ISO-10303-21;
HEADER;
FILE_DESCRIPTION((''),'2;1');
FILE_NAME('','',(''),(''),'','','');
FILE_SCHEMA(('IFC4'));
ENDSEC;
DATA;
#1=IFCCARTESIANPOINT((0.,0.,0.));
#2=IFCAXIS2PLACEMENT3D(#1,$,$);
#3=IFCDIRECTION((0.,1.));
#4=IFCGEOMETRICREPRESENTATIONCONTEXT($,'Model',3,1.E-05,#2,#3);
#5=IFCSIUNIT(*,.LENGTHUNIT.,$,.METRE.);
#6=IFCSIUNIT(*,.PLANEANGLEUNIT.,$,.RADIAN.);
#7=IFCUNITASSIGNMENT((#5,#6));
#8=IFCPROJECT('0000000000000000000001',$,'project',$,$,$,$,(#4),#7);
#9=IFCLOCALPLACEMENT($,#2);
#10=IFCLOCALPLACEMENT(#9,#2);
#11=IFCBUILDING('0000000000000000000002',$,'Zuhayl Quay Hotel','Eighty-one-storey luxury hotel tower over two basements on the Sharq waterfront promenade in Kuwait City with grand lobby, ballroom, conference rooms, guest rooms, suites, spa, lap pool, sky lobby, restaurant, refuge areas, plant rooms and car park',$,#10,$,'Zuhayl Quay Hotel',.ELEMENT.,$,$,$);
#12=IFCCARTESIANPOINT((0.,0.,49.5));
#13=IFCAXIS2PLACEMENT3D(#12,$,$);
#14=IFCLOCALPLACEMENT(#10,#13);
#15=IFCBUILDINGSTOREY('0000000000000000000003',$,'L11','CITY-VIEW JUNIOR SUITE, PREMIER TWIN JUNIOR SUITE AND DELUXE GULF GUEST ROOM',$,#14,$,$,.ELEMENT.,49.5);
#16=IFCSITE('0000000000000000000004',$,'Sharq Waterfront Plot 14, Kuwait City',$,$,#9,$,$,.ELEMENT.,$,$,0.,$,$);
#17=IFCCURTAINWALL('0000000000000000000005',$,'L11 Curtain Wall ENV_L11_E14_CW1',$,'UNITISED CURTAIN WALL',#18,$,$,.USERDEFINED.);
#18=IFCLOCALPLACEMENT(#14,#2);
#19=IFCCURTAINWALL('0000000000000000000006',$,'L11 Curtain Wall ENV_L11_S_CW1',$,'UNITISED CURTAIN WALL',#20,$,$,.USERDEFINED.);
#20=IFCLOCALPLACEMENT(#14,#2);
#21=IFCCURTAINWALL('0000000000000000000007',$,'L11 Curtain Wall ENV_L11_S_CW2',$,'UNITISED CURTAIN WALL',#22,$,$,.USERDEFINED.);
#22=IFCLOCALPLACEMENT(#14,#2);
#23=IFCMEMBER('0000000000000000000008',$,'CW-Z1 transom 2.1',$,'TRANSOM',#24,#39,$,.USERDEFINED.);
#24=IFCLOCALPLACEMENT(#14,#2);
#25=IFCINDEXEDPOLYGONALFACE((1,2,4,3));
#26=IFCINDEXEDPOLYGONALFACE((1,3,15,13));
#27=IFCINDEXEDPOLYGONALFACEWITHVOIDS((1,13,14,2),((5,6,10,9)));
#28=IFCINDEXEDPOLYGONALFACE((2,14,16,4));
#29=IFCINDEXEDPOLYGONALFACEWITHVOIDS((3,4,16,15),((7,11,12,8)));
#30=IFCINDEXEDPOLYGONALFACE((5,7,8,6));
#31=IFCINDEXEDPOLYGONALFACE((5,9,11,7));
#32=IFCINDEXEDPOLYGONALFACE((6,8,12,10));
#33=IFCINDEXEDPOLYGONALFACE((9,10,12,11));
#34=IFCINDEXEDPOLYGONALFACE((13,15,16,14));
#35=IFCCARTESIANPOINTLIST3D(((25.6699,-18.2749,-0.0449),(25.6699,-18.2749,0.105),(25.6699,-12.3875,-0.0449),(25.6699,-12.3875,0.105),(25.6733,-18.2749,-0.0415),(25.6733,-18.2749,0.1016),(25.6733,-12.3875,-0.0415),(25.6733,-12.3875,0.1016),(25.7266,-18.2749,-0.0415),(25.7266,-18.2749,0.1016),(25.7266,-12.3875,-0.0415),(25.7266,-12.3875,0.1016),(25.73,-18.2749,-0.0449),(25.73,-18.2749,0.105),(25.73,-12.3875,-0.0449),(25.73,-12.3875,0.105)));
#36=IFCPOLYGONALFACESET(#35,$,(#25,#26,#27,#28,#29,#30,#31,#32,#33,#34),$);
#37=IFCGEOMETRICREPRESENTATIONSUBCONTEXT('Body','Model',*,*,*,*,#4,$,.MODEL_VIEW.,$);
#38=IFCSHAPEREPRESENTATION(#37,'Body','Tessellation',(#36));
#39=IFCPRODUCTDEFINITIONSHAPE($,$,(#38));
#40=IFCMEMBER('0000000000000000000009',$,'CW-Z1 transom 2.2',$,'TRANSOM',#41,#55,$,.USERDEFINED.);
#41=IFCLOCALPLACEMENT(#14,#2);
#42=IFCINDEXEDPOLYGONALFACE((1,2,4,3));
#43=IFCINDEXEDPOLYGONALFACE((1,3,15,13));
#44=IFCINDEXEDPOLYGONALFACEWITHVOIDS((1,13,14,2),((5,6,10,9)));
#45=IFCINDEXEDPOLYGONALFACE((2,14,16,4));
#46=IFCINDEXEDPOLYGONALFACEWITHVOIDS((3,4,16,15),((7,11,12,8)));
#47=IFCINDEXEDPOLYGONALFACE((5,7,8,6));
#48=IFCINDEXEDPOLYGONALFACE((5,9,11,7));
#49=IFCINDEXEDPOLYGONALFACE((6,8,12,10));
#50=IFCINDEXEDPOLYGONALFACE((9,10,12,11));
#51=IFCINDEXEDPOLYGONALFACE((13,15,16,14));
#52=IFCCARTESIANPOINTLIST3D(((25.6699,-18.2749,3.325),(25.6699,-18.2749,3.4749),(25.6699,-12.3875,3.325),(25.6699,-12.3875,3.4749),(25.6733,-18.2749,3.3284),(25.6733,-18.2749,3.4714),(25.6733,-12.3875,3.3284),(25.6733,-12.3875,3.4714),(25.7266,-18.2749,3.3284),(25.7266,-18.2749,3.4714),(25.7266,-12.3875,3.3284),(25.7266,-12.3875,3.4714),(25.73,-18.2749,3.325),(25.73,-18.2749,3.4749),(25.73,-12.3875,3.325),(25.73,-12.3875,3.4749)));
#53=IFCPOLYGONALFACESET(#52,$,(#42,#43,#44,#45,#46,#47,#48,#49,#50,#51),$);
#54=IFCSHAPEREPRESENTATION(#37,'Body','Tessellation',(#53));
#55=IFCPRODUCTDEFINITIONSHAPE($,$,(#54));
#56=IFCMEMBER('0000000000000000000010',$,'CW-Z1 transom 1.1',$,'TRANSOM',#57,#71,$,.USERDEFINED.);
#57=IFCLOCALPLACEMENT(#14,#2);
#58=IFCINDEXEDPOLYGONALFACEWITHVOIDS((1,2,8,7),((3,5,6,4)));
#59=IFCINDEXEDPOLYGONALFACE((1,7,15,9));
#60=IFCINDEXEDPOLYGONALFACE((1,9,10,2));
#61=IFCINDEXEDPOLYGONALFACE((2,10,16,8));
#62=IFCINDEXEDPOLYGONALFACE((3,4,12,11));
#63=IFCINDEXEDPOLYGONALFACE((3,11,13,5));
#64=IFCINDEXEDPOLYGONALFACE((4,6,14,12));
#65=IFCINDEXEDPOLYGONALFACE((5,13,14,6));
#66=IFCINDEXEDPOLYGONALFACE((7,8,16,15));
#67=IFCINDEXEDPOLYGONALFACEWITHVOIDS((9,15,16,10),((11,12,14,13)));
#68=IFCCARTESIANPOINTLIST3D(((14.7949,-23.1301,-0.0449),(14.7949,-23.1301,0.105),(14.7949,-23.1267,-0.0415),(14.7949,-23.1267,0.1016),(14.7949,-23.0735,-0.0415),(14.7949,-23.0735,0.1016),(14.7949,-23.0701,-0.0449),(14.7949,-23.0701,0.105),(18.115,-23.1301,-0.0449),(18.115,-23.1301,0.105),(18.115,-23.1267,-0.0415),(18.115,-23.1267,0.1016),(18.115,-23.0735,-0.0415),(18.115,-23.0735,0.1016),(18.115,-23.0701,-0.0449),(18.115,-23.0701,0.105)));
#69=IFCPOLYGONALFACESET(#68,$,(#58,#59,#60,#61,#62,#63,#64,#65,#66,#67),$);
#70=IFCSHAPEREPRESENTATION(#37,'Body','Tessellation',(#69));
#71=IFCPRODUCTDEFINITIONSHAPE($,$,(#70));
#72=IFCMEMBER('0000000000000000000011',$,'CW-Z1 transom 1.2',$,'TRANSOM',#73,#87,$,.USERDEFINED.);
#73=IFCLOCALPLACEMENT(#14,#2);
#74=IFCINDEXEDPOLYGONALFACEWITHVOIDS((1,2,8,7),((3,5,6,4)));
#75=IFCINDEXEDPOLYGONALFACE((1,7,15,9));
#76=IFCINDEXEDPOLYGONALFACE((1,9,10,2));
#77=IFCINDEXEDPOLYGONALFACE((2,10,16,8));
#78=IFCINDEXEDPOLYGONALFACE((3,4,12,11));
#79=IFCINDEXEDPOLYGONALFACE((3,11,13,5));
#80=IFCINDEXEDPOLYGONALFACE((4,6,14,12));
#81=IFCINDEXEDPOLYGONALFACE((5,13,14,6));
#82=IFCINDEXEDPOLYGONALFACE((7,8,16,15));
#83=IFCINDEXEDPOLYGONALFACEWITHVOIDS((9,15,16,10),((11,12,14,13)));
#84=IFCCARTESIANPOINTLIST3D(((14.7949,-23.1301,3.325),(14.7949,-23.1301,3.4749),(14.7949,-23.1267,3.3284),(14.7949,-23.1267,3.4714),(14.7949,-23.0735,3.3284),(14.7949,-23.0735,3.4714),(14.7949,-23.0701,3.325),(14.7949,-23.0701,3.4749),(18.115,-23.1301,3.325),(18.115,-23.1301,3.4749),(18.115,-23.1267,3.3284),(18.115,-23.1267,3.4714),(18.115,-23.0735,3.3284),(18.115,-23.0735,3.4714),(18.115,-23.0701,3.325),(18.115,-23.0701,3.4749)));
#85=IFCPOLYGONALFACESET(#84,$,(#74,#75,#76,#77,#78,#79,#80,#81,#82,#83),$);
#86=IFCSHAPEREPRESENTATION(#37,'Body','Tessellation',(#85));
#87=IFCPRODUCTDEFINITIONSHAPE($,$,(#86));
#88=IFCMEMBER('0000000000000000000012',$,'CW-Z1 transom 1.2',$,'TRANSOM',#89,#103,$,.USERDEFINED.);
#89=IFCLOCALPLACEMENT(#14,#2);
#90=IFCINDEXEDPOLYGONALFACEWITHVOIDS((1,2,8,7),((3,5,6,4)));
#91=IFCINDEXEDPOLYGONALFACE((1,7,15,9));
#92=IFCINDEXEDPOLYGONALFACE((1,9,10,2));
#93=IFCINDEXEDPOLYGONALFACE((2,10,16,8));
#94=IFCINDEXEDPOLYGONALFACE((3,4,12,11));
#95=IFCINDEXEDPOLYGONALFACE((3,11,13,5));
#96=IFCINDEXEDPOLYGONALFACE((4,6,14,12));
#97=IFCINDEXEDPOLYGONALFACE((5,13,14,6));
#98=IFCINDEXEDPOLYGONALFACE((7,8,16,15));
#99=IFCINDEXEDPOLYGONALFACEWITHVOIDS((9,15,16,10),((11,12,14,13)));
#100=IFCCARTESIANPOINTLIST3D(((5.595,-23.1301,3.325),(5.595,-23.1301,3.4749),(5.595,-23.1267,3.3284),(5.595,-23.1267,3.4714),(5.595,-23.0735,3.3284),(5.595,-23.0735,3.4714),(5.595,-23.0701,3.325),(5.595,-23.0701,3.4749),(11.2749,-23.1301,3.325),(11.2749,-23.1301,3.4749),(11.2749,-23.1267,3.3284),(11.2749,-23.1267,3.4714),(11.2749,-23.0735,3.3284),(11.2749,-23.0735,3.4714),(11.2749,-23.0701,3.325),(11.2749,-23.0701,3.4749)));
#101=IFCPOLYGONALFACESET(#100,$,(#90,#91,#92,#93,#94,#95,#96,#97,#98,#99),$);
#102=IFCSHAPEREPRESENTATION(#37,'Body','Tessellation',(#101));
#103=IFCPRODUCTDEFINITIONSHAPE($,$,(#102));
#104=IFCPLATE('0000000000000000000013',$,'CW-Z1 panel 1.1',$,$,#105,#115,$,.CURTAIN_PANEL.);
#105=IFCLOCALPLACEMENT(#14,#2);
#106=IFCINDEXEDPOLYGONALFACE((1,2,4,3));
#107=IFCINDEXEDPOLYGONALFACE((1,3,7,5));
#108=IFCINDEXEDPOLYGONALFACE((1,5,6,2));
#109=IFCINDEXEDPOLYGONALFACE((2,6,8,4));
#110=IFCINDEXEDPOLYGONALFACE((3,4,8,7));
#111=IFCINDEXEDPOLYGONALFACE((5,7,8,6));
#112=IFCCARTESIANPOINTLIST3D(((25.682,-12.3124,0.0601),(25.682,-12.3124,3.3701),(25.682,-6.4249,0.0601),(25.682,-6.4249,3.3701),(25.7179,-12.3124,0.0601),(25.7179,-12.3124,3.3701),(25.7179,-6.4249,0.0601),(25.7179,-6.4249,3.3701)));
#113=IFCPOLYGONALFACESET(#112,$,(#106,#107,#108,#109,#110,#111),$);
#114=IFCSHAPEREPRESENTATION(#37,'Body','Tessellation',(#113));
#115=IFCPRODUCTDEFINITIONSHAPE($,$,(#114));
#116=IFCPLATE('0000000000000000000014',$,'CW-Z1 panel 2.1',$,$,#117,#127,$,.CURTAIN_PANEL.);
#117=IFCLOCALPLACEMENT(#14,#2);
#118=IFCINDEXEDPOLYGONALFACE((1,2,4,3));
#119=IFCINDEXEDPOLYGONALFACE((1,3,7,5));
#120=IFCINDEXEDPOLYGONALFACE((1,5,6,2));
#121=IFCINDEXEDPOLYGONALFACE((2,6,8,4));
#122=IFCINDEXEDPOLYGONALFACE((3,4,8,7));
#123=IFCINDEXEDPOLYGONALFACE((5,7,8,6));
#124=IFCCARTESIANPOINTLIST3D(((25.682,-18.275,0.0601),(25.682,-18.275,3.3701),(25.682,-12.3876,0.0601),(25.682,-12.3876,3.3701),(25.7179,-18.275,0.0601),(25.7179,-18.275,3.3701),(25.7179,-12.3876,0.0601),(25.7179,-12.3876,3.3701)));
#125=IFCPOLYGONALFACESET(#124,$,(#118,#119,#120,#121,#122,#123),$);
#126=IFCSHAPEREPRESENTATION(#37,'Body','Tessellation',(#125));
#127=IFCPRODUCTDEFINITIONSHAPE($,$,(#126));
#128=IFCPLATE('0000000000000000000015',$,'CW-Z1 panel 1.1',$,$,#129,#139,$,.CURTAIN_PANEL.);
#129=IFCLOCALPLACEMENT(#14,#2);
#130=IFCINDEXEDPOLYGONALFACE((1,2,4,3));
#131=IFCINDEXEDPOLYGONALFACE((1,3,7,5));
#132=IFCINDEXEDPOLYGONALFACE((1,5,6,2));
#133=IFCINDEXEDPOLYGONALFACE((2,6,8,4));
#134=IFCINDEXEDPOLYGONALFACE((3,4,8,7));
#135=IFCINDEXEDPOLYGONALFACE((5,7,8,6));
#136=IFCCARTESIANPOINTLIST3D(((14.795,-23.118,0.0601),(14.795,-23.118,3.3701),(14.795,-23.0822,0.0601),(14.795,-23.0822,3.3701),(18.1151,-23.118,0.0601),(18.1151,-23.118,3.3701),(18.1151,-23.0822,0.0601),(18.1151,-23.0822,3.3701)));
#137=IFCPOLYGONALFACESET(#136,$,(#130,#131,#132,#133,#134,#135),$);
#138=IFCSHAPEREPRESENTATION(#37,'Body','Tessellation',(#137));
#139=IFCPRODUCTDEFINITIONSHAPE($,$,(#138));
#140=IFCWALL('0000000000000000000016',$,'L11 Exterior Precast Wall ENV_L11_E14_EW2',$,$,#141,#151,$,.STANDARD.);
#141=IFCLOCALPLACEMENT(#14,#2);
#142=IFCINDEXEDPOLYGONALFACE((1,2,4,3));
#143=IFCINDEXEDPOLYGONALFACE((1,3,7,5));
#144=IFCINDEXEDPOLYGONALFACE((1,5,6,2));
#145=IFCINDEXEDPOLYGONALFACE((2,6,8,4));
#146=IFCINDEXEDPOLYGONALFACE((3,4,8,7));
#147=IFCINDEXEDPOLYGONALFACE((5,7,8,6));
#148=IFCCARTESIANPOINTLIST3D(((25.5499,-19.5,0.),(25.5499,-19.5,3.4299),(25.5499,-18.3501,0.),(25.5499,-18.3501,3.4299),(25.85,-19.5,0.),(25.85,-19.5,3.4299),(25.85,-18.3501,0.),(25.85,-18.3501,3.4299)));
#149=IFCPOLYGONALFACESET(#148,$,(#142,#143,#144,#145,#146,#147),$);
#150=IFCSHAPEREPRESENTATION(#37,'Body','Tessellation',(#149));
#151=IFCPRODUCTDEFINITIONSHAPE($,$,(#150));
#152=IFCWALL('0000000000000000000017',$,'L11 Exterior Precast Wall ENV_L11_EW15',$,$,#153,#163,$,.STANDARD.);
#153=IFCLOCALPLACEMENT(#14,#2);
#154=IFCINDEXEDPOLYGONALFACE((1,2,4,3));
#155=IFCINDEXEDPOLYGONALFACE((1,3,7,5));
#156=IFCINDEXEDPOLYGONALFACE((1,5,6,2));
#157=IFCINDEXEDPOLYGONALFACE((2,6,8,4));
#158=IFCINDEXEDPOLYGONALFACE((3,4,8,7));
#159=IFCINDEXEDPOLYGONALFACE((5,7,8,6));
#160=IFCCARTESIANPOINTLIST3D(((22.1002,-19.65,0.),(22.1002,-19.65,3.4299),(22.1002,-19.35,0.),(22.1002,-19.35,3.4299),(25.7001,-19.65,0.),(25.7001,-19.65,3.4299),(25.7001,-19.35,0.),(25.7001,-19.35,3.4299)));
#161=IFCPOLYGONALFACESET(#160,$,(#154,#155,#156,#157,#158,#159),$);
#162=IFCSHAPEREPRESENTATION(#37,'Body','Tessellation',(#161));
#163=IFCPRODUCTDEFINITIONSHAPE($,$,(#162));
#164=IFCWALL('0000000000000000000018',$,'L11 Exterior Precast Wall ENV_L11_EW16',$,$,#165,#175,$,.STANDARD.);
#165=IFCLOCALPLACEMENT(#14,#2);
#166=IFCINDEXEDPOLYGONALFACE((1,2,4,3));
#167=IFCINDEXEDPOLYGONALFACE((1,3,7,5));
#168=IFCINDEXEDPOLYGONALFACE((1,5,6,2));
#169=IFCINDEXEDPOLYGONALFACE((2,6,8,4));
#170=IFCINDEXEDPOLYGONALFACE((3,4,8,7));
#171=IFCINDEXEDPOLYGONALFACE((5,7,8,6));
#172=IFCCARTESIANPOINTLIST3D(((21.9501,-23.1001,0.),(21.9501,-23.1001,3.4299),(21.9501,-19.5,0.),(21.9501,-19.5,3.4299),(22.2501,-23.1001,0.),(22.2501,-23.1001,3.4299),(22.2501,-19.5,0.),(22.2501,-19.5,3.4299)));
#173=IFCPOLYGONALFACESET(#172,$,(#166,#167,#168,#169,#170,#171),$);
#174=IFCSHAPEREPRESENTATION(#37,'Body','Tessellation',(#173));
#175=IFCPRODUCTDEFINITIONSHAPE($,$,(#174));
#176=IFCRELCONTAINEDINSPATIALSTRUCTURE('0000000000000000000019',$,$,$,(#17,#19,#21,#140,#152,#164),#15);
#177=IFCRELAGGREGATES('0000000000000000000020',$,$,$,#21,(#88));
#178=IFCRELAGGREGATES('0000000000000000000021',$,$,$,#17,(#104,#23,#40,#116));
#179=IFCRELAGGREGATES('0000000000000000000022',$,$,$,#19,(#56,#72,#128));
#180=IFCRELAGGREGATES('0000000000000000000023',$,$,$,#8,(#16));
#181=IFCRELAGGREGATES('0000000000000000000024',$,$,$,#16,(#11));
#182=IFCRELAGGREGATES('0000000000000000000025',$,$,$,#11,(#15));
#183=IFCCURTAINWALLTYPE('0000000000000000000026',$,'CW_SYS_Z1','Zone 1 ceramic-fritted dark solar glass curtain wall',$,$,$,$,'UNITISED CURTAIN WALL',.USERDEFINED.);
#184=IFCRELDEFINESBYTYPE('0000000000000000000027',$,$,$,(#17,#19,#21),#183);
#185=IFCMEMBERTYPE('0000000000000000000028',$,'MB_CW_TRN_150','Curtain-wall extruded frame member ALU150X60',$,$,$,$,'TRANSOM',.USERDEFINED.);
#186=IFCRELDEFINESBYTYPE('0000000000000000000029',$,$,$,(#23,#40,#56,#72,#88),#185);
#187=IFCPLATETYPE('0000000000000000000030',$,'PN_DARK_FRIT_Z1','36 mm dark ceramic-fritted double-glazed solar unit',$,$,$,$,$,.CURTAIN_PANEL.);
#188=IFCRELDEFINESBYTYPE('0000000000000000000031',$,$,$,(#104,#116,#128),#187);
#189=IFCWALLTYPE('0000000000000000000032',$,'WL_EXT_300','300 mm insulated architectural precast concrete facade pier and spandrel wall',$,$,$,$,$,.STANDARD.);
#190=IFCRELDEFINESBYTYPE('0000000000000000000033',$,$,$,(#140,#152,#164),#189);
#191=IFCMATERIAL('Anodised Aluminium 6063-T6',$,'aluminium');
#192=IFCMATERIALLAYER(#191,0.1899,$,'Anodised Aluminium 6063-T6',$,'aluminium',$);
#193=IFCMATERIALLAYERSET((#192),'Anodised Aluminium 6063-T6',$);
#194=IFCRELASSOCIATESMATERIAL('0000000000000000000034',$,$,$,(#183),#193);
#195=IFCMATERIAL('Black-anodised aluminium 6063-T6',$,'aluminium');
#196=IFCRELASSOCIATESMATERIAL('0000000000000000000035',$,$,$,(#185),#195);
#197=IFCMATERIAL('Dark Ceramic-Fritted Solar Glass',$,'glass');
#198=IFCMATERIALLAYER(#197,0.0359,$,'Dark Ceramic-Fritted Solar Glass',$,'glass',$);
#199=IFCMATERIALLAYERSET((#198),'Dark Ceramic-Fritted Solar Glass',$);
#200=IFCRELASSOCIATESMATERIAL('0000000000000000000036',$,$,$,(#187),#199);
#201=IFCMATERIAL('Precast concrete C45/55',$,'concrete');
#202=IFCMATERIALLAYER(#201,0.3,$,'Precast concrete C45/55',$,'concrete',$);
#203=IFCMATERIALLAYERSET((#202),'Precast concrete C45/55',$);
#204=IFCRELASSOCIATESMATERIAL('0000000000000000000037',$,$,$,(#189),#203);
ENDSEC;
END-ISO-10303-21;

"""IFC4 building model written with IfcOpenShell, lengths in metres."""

from ifc_helpers import new_model, si_unit, direction, frame, frame_2d, origin, origin_2d, place, context, subcontext, project, spatial, rectangle, hollow_rectangle, extrude, material, layer, layer_set, material_profile, profile_set, type_object, element, aggregate, save


model = new_model("IFC4")

# Units and contexts
model_context = context("Model", 3, precision=1e-05, world=origin(), true_north=direction((0.0, 1.0)))
body_context = subcontext(model_context, "Body", "Model", "MODEL_VIEW")
ifc_project = project(units=[si_unit("LENGTHUNIT", "METRE"), si_unit("PLANEANGLEUNIT", "RADIAN")], contexts=[model_context])

# Site, building, storey
site_placement = place(None, origin())
site = spatial("IfcSite", under=ifc_project, at=site_placement, Name="Sharq Waterfront Plot 14, Kuwait City", CompositionType="ELEMENT", RefElevation=0.0)
building_placement = place(site_placement, origin())
building = spatial("IfcBuilding", under=site, at=building_placement, Name="Zuhayl Quay Hotel", Description="Eighty-one-storey luxury hotel tower over two basements on the Sharq waterfront promenade in Kuwait City with grand lobby, ballroom, conference rooms, guest rooms, suites, spa, lap pool, sky lobby, restaurant, refuge areas, plant rooms and car park", LongName="Zuhayl Quay Hotel", CompositionType="ELEMENT")
storey_placement = place(building_placement, frame((0.0, 0.0, 49.5)))
storey = spatial("IfcBuildingStorey", under=building, at=storey_placement, Name="L11", Description="CITY-VIEW JUNIOR SUITE, PREMIER TWIN JUNIOR SUITE AND DELUXE GULF GUEST ROOM", CompositionType="ELEMENT", Elevation=49.5)

# Curtain walls
ifc_material_1 = material(Name="Anodised Aluminium 6063-T6", Category="aluminium")
ifc_layer_1 = layer(ifc_material_1, 0.1899, Name="Anodised Aluminium 6063-T6", Category="aluminium")
ifc_layer_set_1 = layer_set([ifc_layer_1], Name="Anodised Aluminium 6063-T6")
curtain_wall_type = type_object("IfcCurtainWallType", Name="CW_SYS_Z1", Description="Zone 1 ceramic-fritted dark solar glass curtain wall", ElementType="UNITISED CURTAIN WALL", PredefinedType="USERDEFINED", material=ifc_layer_set_1)
curtain_wall_1_placement = place(storey_placement, origin())
curtain_wall_1 = element("IfcCurtainWall", 1, at=curtain_wall_1_placement, inside=storey, type_object=curtain_wall_type, Name="L11 Curtain Wall ENV_L11_E14_CW1", ObjectType="UNITISED CURTAIN WALL", PredefinedType="USERDEFINED")
ifc_material_2 = material(Name="Black-anodised aluminium 6063-T6", Category="aluminium")
curtain_wall_2_placement = place(storey_placement, origin())
curtain_wall_2 = element("IfcCurtainWall", 2, at=curtain_wall_2_placement, inside=storey, type_object=curtain_wall_type, Name="L11 Curtain Wall ENV_L11_S_CW1", ObjectType="UNITISED CURTAIN WALL", PredefinedType="USERDEFINED")

# Curtain wall
curtain_wall_3_placement = place(storey_placement, origin())
curtain_wall_3 = element("IfcCurtainWall", 3, at=curtain_wall_3_placement, inside=storey, type_object=curtain_wall_type, Name="L11 Curtain Wall ENV_L11_S_CW2", ObjectType="UNITISED CURTAIN WALL", PredefinedType="USERDEFINED")

# Members
ifc_material_profile_1 = material_profile(ifc_material_2, hollow_rectangle(XDim=0.0601, YDim=0.1499, WallThickness=0.0034, at=origin_2d()), Name="ALU150X60")
ifc_profile_set_1 = profile_set([ifc_material_profile_1], Name="Black-anodised aluminium 6063-T6")
member_type_1 = type_object("IfcMemberType", Name="MB_CW_TRN_150", Description="Curtain-wall extruded frame member ALU150X60", ElementType="TRANSOM", PredefinedType="USERDEFINED", material=ifc_profile_set_1)
member_1_placement = place(storey_placement, frame((25.7, -12.3875, 0.03), z_axis=(0.0, -1.0, 0.0), x_axis=(1.0, 0.0, 0.0)))
member_1 = element("IfcMember", 4, at=member_1_placement, type_object=member_type_1, Name="CW-Z1 transom 2.1", ObjectType="TRANSOM", PredefinedType="USERDEFINED", context=body_context, shape_type="SweptSolid", body=[
    extrude(hollow_rectangle(XDim=0.0601, YDim=0.1499, WallThickness=0.0034, at=origin_2d()), origin(), (0.0, 0.0, 1.0), 5.8875),
])
member_2_placement = place(storey_placement, frame((25.7, -12.3875, 3.3999), z_axis=(0.0, -1.0, 0.0), x_axis=(1.0, 0.0, 0.0)))
member_2 = element("IfcMember", 5, at=member_2_placement, type_object=member_type_1, Name="CW-Z1 transom 2.2", ObjectType="TRANSOM", PredefinedType="USERDEFINED", context=body_context, shape_type="SweptSolid", body=[
    extrude(hollow_rectangle(XDim=0.0601, YDim=0.1499, WallThickness=0.0034, at=origin_2d()), origin(), (0.0, 0.0, 1.0), 5.8875),
])
member_3_placement = place(storey_placement, frame((18.115, -23.1001, 0.03), z_axis=(-1.0, 0.0, 0.0), x_axis=(0.0, -1.0, 0.0)))
member_3 = element("IfcMember", 6, at=member_3_placement, type_object=member_type_1, Name="CW-Z1 transom 1.1", ObjectType="TRANSOM", PredefinedType="USERDEFINED", context=body_context, shape_type="SweptSolid", body=[
    extrude(hollow_rectangle(XDim=0.0601, YDim=0.1499, WallThickness=0.0034, at=origin_2d()), origin(), (0.0, 0.0, 1.0), 3.3201),
])
member_4_placement = place(storey_placement, frame((18.115, -23.1001, 3.3999), z_axis=(-1.0, 0.0, 0.0), x_axis=(0.0, -1.0, 0.0)))
member_4 = element("IfcMember", 7, at=member_4_placement, type_object=member_type_1, Name="CW-Z1 transom 1.2", ObjectType="TRANSOM", PredefinedType="USERDEFINED", context=body_context, shape_type="SweptSolid", body=[
    extrude(hollow_rectangle(XDim=0.0601, YDim=0.1499, WallThickness=0.0034, at=origin_2d()), origin(), (0.0, 0.0, 1.0), 3.3201),
])
member_5_placement = place(storey_placement, frame((11.2749, -23.1001, 3.3999), z_axis=(-1.0, 0.0, 0.0), x_axis=(0.0, -1.0, 0.0)))
member_5 = element("IfcMember", 8, at=member_5_placement, type_object=member_type_1, Name="CW-Z1 transom 1.2", ObjectType="TRANSOM", PredefinedType="USERDEFINED", context=body_context, shape_type="SweptSolid", body=[
    extrude(hollow_rectangle(XDim=0.0601, YDim=0.1499, WallThickness=0.0034, at=origin_2d()), origin(), (0.0, 0.0, 1.0), 5.6799),
])
aggregate(curtain_wall_3, [member_5])

# Plates
ifc_material_3 = material(Name="Dark Ceramic-Fritted Solar Glass", Category="glass")
ifc_layer_2 = layer(ifc_material_3, 0.0359, Name="Dark Ceramic-Fritted Solar Glass", Category="glass")
ifc_layer_set_2 = layer_set([ifc_layer_2], Name="Dark Ceramic-Fritted Solar Glass")
plate_type = type_object("IfcPlateType", Name="PN_DARK_FRIT_Z1", Description="36 mm dark ceramic-fritted double-glazed solar unit", PredefinedType="CURTAIN_PANEL", material=ifc_layer_set_2)
plate_1_placement = place(storey_placement, frame((25.7, -9.3687, 0.0601), z_axis=(0.0, 0.0, 1.0), x_axis=(0.0, -1.0, 0.0)))
plate_1 = element("IfcPlate", 9, at=plate_1_placement, type_object=plate_type, Name="CW-Z1 panel 1.1", PredefinedType="CURTAIN_PANEL", context=body_context, shape_type="SweptSolid", body=[
    extrude(rectangle(XDim=5.8875, YDim=0.0359, at=origin_2d()), origin(), (0.0, 0.0, 1.0), 3.3101),
])
plate_2_placement = place(storey_placement, frame((25.7, -15.3313, 0.0601), z_axis=(0.0, 0.0, 1.0), x_axis=(0.0, -1.0, 0.0)))
plate_2 = element("IfcPlate", 10, at=plate_2_placement, type_object=plate_type, Name="CW-Z1 panel 2.1", PredefinedType="CURTAIN_PANEL", context=body_context, shape_type="SweptSolid", body=[
    extrude(rectangle(XDim=5.8875, YDim=0.0359, at=origin_2d()), origin(), (0.0, 0.0, 1.0), 3.3101),
])
aggregate(curtain_wall_1, [plate_1, member_1, member_2, plate_2])
plate_3_placement = place(storey_placement, frame((16.4551, -23.1001, 0.0601), z_axis=(0.0, 0.0, 1.0), x_axis=(-1.0, 0.0, 0.0)))
plate_3 = element("IfcPlate", 11, at=plate_3_placement, type_object=plate_type, Name="CW-Z1 panel 1.1", PredefinedType="CURTAIN_PANEL", context=body_context, shape_type="SweptSolid", body=[
    extrude(rectangle(XDim=3.3201, YDim=0.0359, at=origin_2d()), origin(), (0.0, 0.0, 1.0), 3.3101),
])
aggregate(curtain_wall_2, [member_3, member_4, plate_3])

# Walls
ifc_material_4 = material(Name="Precast concrete C45/55", Category="concrete")
ifc_layer_3 = layer(ifc_material_4, 0.3, Name="Precast concrete C45/55", Category="concrete")
ifc_layer_set_3 = layer_set([ifc_layer_3], Name="Precast concrete C45/55")
wall_type_1 = type_object("IfcWallType", Name="WL_EXT_300", Description="300 mm insulated architectural precast concrete facade pier and spandrel wall", PredefinedType="STANDARD", material=ifc_layer_set_3)
wall_1_placement = place(storey_placement, frame((25.7, -18.3501, 0.0), z_axis=(0.0, 0.0, 1.0), x_axis=(0.0, -1.0, 0.0)))
element("IfcWall", 12, at=wall_1_placement, inside=storey, type_object=wall_type_1, Name="L11 Exterior Precast Wall ENV_L11_E14_EW2", PredefinedType="STANDARD", context=body_context, shape_type="SweptSolid", body=[
    extrude(rectangle(XDim=1.1499, YDim=0.3, at=frame_2d((0.575, 0.0))), origin(), (0.0, 0.0, 1.0), 3.4299),
])
wall_2_placement = place(storey_placement, frame((25.7, -19.5, 0.0), z_axis=(0.0, 0.0, 1.0), x_axis=(-1.0, 0.0, 0.0)))
element("IfcWall", 13, at=wall_2_placement, inside=storey, type_object=wall_type_1, Name="L11 Exterior Precast Wall ENV_L11_EW15", PredefinedType="STANDARD", context=body_context, shape_type="SweptSolid", body=[
    extrude(rectangle(XDim=3.5999, YDim=0.3, at=frame_2d((1.7998, 0.0))), origin(), (0.0, 0.0, 1.0), 3.4299),
])
wall_3_placement = place(storey_placement, frame((22.1001, -19.5, 0.0), z_axis=(0.0, 0.0, 1.0), x_axis=(0.0, -1.0, 0.0)))
element("IfcWall", 14, at=wall_3_placement, inside=storey, type_object=wall_type_1, Name="L11 Exterior Precast Wall ENV_L11_EW16", PredefinedType="STANDARD", context=body_context, shape_type="SweptSolid", body=[
    extrude(rectangle(XDim=3.6001, YDim=0.3, at=frame_2d((1.8, 0.0))), origin(), (0.0, 0.0, 1.0), 3.4299),
])

save(model, "model.ifc")
